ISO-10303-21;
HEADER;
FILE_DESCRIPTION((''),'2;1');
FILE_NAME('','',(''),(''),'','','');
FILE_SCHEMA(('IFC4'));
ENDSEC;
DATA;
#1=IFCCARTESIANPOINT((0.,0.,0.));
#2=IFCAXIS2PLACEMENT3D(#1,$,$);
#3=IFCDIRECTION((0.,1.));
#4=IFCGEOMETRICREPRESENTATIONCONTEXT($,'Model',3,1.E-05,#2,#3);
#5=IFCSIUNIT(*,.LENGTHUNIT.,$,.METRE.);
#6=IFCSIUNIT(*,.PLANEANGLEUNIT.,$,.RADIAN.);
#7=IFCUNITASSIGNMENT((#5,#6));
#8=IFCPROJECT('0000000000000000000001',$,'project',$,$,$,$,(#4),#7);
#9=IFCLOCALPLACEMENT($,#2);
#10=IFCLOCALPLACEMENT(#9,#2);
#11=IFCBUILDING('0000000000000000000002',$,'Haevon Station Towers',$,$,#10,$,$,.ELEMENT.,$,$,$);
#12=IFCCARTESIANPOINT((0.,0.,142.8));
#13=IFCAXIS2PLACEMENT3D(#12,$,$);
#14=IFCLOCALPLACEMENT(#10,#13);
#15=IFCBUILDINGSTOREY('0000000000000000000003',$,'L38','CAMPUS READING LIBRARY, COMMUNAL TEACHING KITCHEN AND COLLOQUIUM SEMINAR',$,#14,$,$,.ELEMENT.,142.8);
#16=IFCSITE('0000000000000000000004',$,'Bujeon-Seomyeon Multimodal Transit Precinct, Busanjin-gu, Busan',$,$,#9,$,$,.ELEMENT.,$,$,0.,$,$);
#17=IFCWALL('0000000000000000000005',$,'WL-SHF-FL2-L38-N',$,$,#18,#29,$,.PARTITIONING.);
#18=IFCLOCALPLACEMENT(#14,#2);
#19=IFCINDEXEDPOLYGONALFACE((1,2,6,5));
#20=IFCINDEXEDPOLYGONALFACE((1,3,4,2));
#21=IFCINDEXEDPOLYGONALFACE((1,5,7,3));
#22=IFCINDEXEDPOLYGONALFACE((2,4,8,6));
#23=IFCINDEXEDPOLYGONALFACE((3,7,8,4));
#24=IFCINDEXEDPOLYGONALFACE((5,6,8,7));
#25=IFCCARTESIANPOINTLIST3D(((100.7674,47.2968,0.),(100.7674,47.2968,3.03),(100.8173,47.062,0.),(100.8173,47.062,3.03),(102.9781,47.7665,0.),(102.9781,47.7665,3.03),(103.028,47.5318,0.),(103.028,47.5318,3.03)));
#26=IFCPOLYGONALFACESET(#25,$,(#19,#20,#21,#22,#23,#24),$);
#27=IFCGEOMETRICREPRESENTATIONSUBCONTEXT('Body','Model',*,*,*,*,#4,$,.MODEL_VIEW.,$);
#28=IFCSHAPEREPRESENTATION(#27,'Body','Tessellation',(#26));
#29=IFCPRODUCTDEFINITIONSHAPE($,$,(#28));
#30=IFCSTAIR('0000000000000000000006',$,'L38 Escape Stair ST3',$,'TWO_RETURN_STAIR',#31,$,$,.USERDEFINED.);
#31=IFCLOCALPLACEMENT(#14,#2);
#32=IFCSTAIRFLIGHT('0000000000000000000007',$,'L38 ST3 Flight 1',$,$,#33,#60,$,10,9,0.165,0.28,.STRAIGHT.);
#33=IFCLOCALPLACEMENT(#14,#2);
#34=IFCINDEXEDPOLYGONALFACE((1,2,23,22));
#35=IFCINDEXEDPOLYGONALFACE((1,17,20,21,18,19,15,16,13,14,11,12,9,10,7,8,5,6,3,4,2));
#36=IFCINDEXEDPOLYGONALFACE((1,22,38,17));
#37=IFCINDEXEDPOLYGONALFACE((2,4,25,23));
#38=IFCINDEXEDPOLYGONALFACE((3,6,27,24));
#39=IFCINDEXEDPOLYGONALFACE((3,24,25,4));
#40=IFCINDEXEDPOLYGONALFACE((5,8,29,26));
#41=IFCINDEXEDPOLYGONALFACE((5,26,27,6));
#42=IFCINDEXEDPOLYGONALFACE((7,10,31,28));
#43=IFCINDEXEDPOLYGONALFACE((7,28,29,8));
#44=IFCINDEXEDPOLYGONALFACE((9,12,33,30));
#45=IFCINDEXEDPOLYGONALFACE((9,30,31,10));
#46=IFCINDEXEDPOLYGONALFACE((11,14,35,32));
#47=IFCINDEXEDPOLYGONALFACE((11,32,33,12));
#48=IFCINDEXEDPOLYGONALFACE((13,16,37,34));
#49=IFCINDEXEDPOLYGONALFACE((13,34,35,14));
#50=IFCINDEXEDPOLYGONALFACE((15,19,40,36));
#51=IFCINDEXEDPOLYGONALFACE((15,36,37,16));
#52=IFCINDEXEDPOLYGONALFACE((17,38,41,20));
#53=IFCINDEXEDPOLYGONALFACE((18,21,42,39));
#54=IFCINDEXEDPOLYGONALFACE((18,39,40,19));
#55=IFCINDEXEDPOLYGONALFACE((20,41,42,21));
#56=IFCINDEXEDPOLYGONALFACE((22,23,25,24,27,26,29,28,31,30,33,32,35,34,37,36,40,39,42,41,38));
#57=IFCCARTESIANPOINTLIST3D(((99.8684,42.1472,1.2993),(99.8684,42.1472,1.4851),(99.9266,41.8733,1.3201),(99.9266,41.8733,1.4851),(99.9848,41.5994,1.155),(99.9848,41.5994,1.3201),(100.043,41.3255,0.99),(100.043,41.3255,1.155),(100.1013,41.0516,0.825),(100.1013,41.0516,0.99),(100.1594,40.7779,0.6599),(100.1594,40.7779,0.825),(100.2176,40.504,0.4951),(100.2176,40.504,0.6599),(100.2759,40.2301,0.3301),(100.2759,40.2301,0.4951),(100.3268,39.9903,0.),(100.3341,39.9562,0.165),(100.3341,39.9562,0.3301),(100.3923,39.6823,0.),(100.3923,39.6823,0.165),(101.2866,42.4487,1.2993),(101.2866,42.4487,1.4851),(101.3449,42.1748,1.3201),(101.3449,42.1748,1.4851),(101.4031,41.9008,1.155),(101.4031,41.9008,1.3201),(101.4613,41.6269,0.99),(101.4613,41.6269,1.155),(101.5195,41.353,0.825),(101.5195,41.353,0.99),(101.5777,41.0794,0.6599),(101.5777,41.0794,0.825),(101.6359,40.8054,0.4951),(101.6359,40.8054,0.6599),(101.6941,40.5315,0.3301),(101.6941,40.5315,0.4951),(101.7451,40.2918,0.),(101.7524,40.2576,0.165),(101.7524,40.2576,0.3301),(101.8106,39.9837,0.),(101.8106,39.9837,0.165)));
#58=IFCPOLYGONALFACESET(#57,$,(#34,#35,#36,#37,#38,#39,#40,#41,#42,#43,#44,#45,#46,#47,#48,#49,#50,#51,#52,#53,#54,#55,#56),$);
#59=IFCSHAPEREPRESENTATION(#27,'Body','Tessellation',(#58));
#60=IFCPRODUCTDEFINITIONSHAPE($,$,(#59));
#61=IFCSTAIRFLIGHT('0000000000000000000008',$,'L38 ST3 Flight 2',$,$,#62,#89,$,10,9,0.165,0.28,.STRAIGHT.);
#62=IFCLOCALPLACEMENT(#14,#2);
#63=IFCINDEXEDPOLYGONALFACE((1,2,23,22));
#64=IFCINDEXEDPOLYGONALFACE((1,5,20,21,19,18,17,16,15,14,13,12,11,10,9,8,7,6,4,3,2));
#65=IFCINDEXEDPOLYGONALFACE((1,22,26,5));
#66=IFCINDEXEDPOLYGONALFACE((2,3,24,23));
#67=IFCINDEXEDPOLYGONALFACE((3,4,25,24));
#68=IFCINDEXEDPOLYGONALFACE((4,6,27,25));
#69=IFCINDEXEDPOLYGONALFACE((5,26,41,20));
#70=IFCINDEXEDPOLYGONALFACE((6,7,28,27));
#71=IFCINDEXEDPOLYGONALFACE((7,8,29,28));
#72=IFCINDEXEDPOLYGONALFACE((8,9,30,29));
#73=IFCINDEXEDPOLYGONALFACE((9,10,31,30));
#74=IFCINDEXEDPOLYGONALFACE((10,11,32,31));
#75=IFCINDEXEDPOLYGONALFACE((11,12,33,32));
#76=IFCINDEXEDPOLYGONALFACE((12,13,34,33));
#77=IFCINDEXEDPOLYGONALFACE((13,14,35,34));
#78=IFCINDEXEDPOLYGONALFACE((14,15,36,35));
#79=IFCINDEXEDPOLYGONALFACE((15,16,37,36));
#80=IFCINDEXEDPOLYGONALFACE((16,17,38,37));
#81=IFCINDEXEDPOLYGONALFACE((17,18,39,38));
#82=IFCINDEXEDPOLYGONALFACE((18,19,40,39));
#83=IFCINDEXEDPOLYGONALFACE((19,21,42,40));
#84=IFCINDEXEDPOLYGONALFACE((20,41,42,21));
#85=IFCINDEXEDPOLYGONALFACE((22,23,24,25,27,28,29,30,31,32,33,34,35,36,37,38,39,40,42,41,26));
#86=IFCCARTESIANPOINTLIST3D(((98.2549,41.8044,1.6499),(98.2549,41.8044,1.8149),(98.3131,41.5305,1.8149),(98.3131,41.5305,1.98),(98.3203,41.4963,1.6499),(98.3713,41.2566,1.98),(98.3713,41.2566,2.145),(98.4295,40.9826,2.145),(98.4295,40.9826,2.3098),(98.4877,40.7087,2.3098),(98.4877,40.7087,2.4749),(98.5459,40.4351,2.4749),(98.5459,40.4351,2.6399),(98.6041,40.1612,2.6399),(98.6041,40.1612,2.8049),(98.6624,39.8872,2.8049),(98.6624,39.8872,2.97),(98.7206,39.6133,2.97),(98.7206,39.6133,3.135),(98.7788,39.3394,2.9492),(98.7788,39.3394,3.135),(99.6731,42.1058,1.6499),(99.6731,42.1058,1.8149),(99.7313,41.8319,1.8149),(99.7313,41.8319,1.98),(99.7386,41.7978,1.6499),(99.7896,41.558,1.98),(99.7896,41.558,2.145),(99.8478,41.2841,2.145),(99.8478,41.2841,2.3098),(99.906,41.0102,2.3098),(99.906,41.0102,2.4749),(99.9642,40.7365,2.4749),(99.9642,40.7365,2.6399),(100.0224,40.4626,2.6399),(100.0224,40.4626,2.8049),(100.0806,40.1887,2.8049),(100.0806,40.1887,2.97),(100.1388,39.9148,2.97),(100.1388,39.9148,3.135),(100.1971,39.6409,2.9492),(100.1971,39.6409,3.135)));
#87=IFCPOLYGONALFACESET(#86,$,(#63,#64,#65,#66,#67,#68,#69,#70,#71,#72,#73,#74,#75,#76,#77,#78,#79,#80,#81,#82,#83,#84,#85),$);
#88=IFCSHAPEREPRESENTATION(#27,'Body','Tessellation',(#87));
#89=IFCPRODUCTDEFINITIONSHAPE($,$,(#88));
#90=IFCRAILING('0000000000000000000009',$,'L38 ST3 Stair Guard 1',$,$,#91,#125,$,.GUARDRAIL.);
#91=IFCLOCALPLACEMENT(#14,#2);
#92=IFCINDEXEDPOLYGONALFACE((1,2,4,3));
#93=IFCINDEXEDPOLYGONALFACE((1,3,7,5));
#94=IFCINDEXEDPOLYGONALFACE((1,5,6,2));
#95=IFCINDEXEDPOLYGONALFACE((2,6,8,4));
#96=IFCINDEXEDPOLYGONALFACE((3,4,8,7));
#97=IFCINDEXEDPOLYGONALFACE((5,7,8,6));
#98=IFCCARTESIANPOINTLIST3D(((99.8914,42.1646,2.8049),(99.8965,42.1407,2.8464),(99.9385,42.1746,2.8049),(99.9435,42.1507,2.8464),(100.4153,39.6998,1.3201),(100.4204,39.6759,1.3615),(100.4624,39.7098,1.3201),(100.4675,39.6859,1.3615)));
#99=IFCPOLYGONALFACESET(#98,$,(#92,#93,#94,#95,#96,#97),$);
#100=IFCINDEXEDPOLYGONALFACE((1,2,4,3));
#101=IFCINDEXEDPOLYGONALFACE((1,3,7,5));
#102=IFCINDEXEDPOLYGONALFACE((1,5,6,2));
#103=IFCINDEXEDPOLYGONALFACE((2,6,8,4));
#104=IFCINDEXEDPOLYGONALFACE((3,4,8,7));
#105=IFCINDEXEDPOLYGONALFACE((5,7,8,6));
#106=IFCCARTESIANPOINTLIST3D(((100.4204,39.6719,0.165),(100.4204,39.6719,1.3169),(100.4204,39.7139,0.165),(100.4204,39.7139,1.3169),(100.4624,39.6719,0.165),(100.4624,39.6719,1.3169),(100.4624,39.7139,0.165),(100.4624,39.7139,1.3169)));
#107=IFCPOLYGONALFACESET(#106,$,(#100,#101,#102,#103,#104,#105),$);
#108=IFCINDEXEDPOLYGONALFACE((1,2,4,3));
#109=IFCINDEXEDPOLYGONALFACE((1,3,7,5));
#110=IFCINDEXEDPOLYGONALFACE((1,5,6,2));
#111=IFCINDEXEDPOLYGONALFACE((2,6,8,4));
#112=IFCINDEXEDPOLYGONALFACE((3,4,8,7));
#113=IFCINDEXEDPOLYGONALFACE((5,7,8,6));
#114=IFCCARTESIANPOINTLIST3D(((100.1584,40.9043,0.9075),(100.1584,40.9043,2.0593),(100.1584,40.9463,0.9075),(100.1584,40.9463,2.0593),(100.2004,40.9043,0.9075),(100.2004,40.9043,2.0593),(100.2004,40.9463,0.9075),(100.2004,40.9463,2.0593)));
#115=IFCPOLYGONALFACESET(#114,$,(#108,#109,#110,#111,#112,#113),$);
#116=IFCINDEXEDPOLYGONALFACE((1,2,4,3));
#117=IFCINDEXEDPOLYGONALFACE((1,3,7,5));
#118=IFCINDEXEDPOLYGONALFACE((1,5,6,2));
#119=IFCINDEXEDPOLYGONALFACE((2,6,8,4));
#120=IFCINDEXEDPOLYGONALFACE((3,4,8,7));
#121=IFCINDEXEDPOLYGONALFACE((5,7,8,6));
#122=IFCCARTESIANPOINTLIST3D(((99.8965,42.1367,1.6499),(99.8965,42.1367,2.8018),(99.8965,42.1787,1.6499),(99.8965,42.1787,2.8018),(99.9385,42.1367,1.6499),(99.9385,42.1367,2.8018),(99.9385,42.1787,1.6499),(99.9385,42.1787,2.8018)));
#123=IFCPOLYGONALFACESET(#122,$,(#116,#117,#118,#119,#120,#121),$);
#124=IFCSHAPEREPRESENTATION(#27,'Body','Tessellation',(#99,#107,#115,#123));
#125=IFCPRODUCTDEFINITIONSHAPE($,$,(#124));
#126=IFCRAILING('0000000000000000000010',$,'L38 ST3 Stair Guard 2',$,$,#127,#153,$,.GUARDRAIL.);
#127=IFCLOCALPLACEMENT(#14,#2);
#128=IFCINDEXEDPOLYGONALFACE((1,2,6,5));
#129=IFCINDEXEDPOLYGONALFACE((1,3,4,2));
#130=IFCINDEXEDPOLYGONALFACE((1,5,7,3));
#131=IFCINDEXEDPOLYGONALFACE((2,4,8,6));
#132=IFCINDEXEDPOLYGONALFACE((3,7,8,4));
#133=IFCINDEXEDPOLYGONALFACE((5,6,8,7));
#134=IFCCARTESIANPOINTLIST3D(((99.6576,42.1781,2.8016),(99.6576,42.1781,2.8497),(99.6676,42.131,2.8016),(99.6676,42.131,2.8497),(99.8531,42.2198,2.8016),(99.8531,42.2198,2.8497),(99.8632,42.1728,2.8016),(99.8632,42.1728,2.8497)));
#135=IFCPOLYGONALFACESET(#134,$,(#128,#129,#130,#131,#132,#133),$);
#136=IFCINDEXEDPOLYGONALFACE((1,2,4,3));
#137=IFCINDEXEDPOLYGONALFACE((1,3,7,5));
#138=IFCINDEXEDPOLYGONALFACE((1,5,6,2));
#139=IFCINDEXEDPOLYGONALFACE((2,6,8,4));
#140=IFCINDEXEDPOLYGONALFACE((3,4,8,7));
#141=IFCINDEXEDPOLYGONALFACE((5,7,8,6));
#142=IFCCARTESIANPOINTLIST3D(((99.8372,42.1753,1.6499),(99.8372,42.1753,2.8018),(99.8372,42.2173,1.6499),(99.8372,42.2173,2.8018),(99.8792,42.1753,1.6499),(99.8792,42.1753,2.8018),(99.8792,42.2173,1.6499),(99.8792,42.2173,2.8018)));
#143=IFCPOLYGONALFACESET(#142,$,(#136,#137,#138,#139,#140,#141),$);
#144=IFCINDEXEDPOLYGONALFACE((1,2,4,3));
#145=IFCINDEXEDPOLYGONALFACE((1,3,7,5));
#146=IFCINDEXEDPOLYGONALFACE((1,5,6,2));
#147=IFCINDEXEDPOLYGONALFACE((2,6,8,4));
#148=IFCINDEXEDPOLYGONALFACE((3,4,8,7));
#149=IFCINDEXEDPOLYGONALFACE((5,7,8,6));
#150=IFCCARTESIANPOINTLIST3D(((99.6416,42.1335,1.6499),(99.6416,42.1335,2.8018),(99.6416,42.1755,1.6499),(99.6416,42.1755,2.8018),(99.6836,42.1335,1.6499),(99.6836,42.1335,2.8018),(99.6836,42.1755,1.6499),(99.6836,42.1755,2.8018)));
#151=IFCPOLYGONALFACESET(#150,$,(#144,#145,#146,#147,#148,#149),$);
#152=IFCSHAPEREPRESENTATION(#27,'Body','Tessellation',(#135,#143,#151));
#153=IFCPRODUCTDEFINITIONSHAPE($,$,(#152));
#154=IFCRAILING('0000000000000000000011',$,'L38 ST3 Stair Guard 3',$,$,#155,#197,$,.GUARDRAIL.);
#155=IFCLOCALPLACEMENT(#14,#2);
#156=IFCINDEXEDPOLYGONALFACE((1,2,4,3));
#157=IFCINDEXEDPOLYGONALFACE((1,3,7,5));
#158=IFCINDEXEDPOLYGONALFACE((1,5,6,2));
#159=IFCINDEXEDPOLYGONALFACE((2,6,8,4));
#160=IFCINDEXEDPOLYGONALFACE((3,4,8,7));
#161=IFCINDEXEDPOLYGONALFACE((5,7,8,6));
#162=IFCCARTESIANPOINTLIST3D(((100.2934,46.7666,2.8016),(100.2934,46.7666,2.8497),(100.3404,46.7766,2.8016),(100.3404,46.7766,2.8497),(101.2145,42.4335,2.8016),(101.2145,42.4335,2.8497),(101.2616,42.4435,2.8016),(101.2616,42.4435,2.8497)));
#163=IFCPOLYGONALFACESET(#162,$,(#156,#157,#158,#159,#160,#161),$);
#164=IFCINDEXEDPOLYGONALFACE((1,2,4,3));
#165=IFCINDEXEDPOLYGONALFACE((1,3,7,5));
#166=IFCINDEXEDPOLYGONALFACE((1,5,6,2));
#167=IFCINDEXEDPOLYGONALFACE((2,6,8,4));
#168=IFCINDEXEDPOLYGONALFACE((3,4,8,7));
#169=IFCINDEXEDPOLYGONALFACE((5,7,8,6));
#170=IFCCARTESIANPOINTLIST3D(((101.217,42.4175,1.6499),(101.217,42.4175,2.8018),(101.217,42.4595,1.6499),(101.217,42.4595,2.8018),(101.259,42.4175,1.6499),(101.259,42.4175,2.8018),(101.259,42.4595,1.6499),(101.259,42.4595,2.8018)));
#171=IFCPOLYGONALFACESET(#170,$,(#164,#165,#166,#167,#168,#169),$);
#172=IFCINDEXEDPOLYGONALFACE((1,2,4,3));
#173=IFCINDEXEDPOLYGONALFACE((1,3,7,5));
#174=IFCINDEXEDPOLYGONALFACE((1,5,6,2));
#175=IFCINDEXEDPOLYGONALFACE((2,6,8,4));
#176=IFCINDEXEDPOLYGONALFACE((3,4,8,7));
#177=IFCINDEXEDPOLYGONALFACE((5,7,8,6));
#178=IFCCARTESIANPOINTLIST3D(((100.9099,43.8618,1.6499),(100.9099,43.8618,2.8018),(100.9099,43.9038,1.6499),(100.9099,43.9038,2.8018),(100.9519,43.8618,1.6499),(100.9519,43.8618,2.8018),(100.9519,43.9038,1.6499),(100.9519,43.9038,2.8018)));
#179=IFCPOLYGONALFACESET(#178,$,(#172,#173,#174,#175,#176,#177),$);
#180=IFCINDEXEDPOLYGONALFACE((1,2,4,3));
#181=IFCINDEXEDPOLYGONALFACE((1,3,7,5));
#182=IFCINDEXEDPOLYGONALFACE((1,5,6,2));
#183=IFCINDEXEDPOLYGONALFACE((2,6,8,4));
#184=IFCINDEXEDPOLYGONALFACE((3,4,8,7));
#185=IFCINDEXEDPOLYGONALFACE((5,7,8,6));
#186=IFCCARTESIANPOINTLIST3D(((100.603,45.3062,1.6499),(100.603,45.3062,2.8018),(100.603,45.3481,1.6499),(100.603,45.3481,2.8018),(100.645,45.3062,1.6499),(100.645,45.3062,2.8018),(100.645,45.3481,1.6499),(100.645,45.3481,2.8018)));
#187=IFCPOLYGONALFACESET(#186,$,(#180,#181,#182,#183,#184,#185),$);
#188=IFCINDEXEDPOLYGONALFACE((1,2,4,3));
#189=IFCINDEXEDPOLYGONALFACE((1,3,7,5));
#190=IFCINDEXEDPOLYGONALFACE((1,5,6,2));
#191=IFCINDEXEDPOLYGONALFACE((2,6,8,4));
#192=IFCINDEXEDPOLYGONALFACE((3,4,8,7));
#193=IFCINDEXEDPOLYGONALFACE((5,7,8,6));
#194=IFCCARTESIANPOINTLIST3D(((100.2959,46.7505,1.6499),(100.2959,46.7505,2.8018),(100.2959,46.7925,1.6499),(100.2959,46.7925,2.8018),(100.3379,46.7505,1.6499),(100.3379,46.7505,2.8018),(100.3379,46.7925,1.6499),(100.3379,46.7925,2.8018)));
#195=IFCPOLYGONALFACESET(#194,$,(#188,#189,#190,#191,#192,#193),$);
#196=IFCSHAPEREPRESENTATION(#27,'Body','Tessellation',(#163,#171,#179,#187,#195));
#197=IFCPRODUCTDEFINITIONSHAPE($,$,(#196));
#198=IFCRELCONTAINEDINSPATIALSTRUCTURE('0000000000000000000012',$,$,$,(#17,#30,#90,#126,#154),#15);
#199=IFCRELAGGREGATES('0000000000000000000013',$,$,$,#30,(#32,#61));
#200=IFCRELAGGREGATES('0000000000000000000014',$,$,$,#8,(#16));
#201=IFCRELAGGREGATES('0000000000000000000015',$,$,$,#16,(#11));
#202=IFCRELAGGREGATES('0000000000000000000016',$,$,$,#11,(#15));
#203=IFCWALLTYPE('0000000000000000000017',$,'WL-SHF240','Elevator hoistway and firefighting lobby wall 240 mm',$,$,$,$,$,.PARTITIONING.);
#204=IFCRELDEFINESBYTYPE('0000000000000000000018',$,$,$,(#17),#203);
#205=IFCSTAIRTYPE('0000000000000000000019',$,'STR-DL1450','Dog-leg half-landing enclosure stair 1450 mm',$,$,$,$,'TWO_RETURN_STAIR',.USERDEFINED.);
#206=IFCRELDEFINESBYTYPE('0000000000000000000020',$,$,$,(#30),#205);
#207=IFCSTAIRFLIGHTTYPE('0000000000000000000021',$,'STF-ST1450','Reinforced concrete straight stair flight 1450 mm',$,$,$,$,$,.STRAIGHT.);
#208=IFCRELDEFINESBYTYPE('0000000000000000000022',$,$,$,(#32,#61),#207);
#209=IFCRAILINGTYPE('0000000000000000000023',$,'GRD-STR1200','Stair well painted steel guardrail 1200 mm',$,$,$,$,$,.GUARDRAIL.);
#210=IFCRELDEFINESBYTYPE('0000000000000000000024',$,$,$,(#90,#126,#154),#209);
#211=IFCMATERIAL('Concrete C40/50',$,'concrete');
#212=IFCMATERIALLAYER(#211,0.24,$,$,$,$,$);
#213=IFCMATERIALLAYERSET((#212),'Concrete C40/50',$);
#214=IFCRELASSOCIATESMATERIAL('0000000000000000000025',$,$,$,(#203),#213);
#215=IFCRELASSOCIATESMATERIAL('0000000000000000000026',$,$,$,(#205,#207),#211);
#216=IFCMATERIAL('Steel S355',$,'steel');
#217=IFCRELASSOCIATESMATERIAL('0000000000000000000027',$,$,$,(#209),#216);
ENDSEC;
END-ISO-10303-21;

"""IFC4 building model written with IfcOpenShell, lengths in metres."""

from ifc_helpers import new_model, si_unit, direction, frame, frame_2d, origin, origin_2d, place, context, subcontext, project, spatial, polyline, rectangle, outline, extrude, material, layer, layer_set, type_object, element, aggregate, save


model = new_model("IFC4")

# Units and contexts
model_context = context("Model", 3, precision=1e-05, world=origin(), true_north=direction((0.0, 1.0)))
body_context = subcontext(model_context, "Body", "Model", "MODEL_VIEW")
ifc_project = project(units=[si_unit("LENGTHUNIT", "METRE"), si_unit("PLANEANGLEUNIT", "RADIAN")], contexts=[model_context])

# Site, building, storey
site_placement = place(None, origin())
site = spatial("IfcSite", under=ifc_project, at=site_placement, Name="Bujeon-Seomyeon Multimodal Transit Precinct, Busanjin-gu, Busan", CompositionType="ELEMENT", RefElevation=0.0)
building_placement = place(site_placement, origin())
building = spatial("IfcBuilding", under=site, at=building_placement, Name="Haevon Station Towers", CompositionType="ELEMENT")
storey_placement = place(building_placement, frame((0.0, 0.0, 142.8)))
storey = spatial("IfcBuildingStorey", under=building, at=storey_placement, Name="L38", Description="CAMPUS READING LIBRARY, COMMUNAL TEACHING KITCHEN AND COLLOQUIUM SEMINAR", CompositionType="ELEMENT", Elevation=142.8)

# Shared definitions
ifc_material_1 = material(Name="Steel S355", Category="steel")

# Shared definitions
ifc_material_2 = material(Name="Concrete C40/50", Category="concrete")
ifc_layer_1 = layer(ifc_material_2, 0.24)
ifc_layer_set_1 = layer_set([ifc_layer_1], Name="Concrete C40/50")
wall_type_1 = type_object("IfcWallType", Name="WL-SHF240", Description="Elevator hoistway and firefighting lobby wall 240 mm", PredefinedType="PARTITIONING", material=ifc_layer_set_1)

# Wall
wall_1_placement = place(storey_placement, frame((100.7925, 47.1794, 0.0), z_axis=(0.0, 0.0, 1.0), x_axis=(0.978163, 0.207839, 0.0)))
element("IfcWall", 1, at=wall_1_placement, inside=storey, type_object=wall_type_1, Name="WL-SHF-FL2-L38-N", PredefinedType="PARTITIONING", context=body_context, shape_type="SweptSolid", body=[
    extrude(rectangle(XDim=2.26, YDim=0.24, at=frame_2d((1.1299, 0.0))), origin(), (0.0, 0.0, 1.0), 3.03),
])

# Stair, stair flights
stair_type = type_object("IfcStairType", Name="STR-DL1450", Description="Dog-leg half-landing enclosure stair 1450 mm", ElementType="TWO_RETURN_STAIR", PredefinedType="USERDEFINED", material=ifc_material_2)
stair_placement = place(storey_placement, origin())
stair = element("IfcStair", 2, at=stair_placement, inside=storey, type_object=stair_type, Name="L38 Escape Stair ST3", ObjectType="TWO_RETURN_STAIR", PredefinedType="USERDEFINED")
stair_flight_type = type_object("IfcStairFlightType", Name="STF-ST1450", Description="Reinforced concrete straight stair flight 1450 mm", PredefinedType="STRAIGHT", material=ifc_material_2)
stair_flight_1_placement = place(storey_placement, frame((101.1016, 39.833, 0.0), z_axis=(0.0, 0.0, 1.0), x_axis=(-0.207912, 0.978148, 0.0)))
stair_flight_1 = element("IfcStairFlight", 3, at=stair_flight_1_placement, type_object=stair_flight_type, Name="L38 ST3 Flight 1", NumberOfRisers=10, NumberOfTreads=9, PredefinedType="STRAIGHT", RiserHeight=0.165, TreadLength=0.28, context=body_context, shape_type="SweptSolid", body=[
    extrude(outline(polyline([(0.0, 0.0), (0.0, 0.165), (0.28, 0.165), (0.28, 0.3301), (0.5601, 0.3301), (0.5601, 0.4951), (0.8401, 0.4951), (0.8401, 0.6599), (1.1201, 0.6599), (1.1201, 0.825), (1.3999, 0.825), (1.3999, 0.99), (1.6799, 0.99), (1.6799, 1.155), (1.96, 1.155), (1.96, 1.3201), (2.24, 1.3201), (2.24, 1.4851), (2.52, 1.4851), (2.52, 1.6499), (2.52, 1.2993), (0.3149, 0.0), (0.0, 0.0)])), frame((0.0, 0.7251, 0.0), z_axis=(0.0, -1.0, 0.0), x_axis=(1.0, 0.0, 0.0)), (0.0, 0.0, 1.0), 1.45),
])
stair_flight_2_placement = place(storey_placement, frame((98.9639, 41.9551, 1.6499), z_axis=(0.0, 0.0, 1.0), x_axis=(0.207912, -0.978148, 0.0)))
stair_flight_2 = element("IfcStairFlight", 4, at=stair_flight_2_placement, type_object=stair_flight_type, Name="L38 ST3 Flight 2", NumberOfRisers=10, NumberOfTreads=9, PredefinedType="STRAIGHT", RiserHeight=0.165, TreadLength=0.28, context=body_context, shape_type="SweptSolid", body=[
    extrude(outline(polyline([(0.0, 0.0), (0.0, 0.165), (0.28, 0.165), (0.28, 0.3301), (0.5601, 0.3301), (0.5601, 0.4951), (0.8401, 0.4951), (0.8401, 0.6599), (1.1201, 0.6599), (1.1201, 0.825), (1.3999, 0.825), (1.3999, 0.99), (1.6799, 0.99), (1.6799, 1.155), (1.96, 1.155), (1.96, 1.3201), (2.24, 1.3201), (2.24, 1.4851), (2.52, 1.4851), (2.52, 1.6499), (2.52, 1.2993), (0.3149, 0.0), (0.0, 0.0)])), frame((0.0, 0.7251, 0.0), z_axis=(0.0, -1.0, 0.0), x_axis=(1.0, 0.0, 0.0)), (0.0, 0.0, 1.0), 1.45),
])
aggregate(stair, [stair_flight_1, stair_flight_2])

# Railings
railing_type_1 = type_object("IfcRailingType", Name="GRD-STR1200", Description="Stair well painted steel guardrail 1200 mm", PredefinedType="GUARDRAIL", material=ifc_material_1)
railing_1_placement = place(storey_placement, frame((100.4414, 39.6929, 0.165)))
element("IfcRailing", 5, at=railing_1_placement, inside=storey, type_object=railing_type_1, Name="L38 ST3 Stair Guard 1", PredefinedType="GUARDRAIL", context=body_context, shape_type="SweptSolid", body=[
    extrude(rectangle(XDim=0.0481, YDim=0.0481, at=origin_2d()), frame((0.0, 0.0, 1.1758), z_axis=(-0.179129, 0.842724, 0.507671), x_axis=(-0.978147, -0.207914, 0.0)), (0.0, 0.0, 1.0), 2.9248),
    extrude(rectangle(XDim=0.042, YDim=0.042, at=origin_2d()), origin(), (0.0, 0.0, 1.0), 1.1519),
    extrude(rectangle(XDim=0.042, YDim=0.042, at=origin_2d()), frame((-0.262, 1.2324, 0.7424)), (0.0, 0.0, 1.0), 1.1519),
    extrude(rectangle(XDim=0.042, YDim=0.042, at=origin_2d()), frame((-0.5239, 2.4648, 1.4849)), (0.0, 0.0, 1.0), 1.1519),
])
railing_2_placement = place(storey_placement, frame((99.8582, 42.1963, 1.6499)))
element("IfcRailing", 6, at=railing_2_placement, inside=storey, type_object=railing_type_1, Name="L38 ST3 Stair Guard 2", PredefinedType="GUARDRAIL", context=body_context, shape_type="SweptSolid", body=[
    extrude(rectangle(XDim=0.0481, YDim=0.0481, at=origin_2d()), frame((0.0, 0.0, 1.1758), z_axis=(-0.977963, -0.208779, 0.0), x_axis=(0.208779, -0.977963, 0.0)), (0.0, 0.0, 1.0), 0.2),
    extrude(rectangle(XDim=0.042, YDim=0.042, at=origin_2d()), origin(), (0.0, 0.0, 1.0), 1.1519),
    extrude(rectangle(XDim=0.042, YDim=0.042, at=origin_2d()), frame((-0.1956, -0.0417, 0.0)), (0.0, 0.0, 1.0), 1.1519),
])
railing_3_placement = place(storey_placement, frame((101.238, 42.4385, 1.6499)))
element("IfcRailing", 7, at=railing_3_placement, inside=storey, type_object=railing_type_1, Name="L38 ST3 Stair Guard 3", PredefinedType="GUARDRAIL", context=body_context, shape_type="SweptSolid", body=[
    extrude(rectangle(XDim=0.0481, YDim=0.0481, at=origin_2d()), frame((0.0, 0.0, 1.1758), z_axis=(-0.20794, 0.978141, 0.0), x_axis=(-0.978141, -0.20794, 0.0)), (0.0, 0.0, 1.0), 4.4299),
    extrude(rectangle(XDim=0.042, YDim=0.042, at=origin_2d()), origin(), (0.0, 0.0, 1.0), 1.1519),
    extrude(rectangle(XDim=0.042, YDim=0.042, at=origin_2d()), frame((-0.3071, 1.4443, 0.0)), (0.0, 0.0, 1.0), 1.1519),
    extrude(rectangle(XDim=0.042, YDim=0.042, at=origin_2d()), frame((-0.614, 2.8887, 0.0)), (0.0, 0.0, 1.0), 1.1519),
    extrude(rectangle(XDim=0.042, YDim=0.042, at=origin_2d()), frame((-0.9211, 4.333, 0.0)), (0.0, 0.0, 1.0), 1.1519),
])

save(model, "model.ifc")
